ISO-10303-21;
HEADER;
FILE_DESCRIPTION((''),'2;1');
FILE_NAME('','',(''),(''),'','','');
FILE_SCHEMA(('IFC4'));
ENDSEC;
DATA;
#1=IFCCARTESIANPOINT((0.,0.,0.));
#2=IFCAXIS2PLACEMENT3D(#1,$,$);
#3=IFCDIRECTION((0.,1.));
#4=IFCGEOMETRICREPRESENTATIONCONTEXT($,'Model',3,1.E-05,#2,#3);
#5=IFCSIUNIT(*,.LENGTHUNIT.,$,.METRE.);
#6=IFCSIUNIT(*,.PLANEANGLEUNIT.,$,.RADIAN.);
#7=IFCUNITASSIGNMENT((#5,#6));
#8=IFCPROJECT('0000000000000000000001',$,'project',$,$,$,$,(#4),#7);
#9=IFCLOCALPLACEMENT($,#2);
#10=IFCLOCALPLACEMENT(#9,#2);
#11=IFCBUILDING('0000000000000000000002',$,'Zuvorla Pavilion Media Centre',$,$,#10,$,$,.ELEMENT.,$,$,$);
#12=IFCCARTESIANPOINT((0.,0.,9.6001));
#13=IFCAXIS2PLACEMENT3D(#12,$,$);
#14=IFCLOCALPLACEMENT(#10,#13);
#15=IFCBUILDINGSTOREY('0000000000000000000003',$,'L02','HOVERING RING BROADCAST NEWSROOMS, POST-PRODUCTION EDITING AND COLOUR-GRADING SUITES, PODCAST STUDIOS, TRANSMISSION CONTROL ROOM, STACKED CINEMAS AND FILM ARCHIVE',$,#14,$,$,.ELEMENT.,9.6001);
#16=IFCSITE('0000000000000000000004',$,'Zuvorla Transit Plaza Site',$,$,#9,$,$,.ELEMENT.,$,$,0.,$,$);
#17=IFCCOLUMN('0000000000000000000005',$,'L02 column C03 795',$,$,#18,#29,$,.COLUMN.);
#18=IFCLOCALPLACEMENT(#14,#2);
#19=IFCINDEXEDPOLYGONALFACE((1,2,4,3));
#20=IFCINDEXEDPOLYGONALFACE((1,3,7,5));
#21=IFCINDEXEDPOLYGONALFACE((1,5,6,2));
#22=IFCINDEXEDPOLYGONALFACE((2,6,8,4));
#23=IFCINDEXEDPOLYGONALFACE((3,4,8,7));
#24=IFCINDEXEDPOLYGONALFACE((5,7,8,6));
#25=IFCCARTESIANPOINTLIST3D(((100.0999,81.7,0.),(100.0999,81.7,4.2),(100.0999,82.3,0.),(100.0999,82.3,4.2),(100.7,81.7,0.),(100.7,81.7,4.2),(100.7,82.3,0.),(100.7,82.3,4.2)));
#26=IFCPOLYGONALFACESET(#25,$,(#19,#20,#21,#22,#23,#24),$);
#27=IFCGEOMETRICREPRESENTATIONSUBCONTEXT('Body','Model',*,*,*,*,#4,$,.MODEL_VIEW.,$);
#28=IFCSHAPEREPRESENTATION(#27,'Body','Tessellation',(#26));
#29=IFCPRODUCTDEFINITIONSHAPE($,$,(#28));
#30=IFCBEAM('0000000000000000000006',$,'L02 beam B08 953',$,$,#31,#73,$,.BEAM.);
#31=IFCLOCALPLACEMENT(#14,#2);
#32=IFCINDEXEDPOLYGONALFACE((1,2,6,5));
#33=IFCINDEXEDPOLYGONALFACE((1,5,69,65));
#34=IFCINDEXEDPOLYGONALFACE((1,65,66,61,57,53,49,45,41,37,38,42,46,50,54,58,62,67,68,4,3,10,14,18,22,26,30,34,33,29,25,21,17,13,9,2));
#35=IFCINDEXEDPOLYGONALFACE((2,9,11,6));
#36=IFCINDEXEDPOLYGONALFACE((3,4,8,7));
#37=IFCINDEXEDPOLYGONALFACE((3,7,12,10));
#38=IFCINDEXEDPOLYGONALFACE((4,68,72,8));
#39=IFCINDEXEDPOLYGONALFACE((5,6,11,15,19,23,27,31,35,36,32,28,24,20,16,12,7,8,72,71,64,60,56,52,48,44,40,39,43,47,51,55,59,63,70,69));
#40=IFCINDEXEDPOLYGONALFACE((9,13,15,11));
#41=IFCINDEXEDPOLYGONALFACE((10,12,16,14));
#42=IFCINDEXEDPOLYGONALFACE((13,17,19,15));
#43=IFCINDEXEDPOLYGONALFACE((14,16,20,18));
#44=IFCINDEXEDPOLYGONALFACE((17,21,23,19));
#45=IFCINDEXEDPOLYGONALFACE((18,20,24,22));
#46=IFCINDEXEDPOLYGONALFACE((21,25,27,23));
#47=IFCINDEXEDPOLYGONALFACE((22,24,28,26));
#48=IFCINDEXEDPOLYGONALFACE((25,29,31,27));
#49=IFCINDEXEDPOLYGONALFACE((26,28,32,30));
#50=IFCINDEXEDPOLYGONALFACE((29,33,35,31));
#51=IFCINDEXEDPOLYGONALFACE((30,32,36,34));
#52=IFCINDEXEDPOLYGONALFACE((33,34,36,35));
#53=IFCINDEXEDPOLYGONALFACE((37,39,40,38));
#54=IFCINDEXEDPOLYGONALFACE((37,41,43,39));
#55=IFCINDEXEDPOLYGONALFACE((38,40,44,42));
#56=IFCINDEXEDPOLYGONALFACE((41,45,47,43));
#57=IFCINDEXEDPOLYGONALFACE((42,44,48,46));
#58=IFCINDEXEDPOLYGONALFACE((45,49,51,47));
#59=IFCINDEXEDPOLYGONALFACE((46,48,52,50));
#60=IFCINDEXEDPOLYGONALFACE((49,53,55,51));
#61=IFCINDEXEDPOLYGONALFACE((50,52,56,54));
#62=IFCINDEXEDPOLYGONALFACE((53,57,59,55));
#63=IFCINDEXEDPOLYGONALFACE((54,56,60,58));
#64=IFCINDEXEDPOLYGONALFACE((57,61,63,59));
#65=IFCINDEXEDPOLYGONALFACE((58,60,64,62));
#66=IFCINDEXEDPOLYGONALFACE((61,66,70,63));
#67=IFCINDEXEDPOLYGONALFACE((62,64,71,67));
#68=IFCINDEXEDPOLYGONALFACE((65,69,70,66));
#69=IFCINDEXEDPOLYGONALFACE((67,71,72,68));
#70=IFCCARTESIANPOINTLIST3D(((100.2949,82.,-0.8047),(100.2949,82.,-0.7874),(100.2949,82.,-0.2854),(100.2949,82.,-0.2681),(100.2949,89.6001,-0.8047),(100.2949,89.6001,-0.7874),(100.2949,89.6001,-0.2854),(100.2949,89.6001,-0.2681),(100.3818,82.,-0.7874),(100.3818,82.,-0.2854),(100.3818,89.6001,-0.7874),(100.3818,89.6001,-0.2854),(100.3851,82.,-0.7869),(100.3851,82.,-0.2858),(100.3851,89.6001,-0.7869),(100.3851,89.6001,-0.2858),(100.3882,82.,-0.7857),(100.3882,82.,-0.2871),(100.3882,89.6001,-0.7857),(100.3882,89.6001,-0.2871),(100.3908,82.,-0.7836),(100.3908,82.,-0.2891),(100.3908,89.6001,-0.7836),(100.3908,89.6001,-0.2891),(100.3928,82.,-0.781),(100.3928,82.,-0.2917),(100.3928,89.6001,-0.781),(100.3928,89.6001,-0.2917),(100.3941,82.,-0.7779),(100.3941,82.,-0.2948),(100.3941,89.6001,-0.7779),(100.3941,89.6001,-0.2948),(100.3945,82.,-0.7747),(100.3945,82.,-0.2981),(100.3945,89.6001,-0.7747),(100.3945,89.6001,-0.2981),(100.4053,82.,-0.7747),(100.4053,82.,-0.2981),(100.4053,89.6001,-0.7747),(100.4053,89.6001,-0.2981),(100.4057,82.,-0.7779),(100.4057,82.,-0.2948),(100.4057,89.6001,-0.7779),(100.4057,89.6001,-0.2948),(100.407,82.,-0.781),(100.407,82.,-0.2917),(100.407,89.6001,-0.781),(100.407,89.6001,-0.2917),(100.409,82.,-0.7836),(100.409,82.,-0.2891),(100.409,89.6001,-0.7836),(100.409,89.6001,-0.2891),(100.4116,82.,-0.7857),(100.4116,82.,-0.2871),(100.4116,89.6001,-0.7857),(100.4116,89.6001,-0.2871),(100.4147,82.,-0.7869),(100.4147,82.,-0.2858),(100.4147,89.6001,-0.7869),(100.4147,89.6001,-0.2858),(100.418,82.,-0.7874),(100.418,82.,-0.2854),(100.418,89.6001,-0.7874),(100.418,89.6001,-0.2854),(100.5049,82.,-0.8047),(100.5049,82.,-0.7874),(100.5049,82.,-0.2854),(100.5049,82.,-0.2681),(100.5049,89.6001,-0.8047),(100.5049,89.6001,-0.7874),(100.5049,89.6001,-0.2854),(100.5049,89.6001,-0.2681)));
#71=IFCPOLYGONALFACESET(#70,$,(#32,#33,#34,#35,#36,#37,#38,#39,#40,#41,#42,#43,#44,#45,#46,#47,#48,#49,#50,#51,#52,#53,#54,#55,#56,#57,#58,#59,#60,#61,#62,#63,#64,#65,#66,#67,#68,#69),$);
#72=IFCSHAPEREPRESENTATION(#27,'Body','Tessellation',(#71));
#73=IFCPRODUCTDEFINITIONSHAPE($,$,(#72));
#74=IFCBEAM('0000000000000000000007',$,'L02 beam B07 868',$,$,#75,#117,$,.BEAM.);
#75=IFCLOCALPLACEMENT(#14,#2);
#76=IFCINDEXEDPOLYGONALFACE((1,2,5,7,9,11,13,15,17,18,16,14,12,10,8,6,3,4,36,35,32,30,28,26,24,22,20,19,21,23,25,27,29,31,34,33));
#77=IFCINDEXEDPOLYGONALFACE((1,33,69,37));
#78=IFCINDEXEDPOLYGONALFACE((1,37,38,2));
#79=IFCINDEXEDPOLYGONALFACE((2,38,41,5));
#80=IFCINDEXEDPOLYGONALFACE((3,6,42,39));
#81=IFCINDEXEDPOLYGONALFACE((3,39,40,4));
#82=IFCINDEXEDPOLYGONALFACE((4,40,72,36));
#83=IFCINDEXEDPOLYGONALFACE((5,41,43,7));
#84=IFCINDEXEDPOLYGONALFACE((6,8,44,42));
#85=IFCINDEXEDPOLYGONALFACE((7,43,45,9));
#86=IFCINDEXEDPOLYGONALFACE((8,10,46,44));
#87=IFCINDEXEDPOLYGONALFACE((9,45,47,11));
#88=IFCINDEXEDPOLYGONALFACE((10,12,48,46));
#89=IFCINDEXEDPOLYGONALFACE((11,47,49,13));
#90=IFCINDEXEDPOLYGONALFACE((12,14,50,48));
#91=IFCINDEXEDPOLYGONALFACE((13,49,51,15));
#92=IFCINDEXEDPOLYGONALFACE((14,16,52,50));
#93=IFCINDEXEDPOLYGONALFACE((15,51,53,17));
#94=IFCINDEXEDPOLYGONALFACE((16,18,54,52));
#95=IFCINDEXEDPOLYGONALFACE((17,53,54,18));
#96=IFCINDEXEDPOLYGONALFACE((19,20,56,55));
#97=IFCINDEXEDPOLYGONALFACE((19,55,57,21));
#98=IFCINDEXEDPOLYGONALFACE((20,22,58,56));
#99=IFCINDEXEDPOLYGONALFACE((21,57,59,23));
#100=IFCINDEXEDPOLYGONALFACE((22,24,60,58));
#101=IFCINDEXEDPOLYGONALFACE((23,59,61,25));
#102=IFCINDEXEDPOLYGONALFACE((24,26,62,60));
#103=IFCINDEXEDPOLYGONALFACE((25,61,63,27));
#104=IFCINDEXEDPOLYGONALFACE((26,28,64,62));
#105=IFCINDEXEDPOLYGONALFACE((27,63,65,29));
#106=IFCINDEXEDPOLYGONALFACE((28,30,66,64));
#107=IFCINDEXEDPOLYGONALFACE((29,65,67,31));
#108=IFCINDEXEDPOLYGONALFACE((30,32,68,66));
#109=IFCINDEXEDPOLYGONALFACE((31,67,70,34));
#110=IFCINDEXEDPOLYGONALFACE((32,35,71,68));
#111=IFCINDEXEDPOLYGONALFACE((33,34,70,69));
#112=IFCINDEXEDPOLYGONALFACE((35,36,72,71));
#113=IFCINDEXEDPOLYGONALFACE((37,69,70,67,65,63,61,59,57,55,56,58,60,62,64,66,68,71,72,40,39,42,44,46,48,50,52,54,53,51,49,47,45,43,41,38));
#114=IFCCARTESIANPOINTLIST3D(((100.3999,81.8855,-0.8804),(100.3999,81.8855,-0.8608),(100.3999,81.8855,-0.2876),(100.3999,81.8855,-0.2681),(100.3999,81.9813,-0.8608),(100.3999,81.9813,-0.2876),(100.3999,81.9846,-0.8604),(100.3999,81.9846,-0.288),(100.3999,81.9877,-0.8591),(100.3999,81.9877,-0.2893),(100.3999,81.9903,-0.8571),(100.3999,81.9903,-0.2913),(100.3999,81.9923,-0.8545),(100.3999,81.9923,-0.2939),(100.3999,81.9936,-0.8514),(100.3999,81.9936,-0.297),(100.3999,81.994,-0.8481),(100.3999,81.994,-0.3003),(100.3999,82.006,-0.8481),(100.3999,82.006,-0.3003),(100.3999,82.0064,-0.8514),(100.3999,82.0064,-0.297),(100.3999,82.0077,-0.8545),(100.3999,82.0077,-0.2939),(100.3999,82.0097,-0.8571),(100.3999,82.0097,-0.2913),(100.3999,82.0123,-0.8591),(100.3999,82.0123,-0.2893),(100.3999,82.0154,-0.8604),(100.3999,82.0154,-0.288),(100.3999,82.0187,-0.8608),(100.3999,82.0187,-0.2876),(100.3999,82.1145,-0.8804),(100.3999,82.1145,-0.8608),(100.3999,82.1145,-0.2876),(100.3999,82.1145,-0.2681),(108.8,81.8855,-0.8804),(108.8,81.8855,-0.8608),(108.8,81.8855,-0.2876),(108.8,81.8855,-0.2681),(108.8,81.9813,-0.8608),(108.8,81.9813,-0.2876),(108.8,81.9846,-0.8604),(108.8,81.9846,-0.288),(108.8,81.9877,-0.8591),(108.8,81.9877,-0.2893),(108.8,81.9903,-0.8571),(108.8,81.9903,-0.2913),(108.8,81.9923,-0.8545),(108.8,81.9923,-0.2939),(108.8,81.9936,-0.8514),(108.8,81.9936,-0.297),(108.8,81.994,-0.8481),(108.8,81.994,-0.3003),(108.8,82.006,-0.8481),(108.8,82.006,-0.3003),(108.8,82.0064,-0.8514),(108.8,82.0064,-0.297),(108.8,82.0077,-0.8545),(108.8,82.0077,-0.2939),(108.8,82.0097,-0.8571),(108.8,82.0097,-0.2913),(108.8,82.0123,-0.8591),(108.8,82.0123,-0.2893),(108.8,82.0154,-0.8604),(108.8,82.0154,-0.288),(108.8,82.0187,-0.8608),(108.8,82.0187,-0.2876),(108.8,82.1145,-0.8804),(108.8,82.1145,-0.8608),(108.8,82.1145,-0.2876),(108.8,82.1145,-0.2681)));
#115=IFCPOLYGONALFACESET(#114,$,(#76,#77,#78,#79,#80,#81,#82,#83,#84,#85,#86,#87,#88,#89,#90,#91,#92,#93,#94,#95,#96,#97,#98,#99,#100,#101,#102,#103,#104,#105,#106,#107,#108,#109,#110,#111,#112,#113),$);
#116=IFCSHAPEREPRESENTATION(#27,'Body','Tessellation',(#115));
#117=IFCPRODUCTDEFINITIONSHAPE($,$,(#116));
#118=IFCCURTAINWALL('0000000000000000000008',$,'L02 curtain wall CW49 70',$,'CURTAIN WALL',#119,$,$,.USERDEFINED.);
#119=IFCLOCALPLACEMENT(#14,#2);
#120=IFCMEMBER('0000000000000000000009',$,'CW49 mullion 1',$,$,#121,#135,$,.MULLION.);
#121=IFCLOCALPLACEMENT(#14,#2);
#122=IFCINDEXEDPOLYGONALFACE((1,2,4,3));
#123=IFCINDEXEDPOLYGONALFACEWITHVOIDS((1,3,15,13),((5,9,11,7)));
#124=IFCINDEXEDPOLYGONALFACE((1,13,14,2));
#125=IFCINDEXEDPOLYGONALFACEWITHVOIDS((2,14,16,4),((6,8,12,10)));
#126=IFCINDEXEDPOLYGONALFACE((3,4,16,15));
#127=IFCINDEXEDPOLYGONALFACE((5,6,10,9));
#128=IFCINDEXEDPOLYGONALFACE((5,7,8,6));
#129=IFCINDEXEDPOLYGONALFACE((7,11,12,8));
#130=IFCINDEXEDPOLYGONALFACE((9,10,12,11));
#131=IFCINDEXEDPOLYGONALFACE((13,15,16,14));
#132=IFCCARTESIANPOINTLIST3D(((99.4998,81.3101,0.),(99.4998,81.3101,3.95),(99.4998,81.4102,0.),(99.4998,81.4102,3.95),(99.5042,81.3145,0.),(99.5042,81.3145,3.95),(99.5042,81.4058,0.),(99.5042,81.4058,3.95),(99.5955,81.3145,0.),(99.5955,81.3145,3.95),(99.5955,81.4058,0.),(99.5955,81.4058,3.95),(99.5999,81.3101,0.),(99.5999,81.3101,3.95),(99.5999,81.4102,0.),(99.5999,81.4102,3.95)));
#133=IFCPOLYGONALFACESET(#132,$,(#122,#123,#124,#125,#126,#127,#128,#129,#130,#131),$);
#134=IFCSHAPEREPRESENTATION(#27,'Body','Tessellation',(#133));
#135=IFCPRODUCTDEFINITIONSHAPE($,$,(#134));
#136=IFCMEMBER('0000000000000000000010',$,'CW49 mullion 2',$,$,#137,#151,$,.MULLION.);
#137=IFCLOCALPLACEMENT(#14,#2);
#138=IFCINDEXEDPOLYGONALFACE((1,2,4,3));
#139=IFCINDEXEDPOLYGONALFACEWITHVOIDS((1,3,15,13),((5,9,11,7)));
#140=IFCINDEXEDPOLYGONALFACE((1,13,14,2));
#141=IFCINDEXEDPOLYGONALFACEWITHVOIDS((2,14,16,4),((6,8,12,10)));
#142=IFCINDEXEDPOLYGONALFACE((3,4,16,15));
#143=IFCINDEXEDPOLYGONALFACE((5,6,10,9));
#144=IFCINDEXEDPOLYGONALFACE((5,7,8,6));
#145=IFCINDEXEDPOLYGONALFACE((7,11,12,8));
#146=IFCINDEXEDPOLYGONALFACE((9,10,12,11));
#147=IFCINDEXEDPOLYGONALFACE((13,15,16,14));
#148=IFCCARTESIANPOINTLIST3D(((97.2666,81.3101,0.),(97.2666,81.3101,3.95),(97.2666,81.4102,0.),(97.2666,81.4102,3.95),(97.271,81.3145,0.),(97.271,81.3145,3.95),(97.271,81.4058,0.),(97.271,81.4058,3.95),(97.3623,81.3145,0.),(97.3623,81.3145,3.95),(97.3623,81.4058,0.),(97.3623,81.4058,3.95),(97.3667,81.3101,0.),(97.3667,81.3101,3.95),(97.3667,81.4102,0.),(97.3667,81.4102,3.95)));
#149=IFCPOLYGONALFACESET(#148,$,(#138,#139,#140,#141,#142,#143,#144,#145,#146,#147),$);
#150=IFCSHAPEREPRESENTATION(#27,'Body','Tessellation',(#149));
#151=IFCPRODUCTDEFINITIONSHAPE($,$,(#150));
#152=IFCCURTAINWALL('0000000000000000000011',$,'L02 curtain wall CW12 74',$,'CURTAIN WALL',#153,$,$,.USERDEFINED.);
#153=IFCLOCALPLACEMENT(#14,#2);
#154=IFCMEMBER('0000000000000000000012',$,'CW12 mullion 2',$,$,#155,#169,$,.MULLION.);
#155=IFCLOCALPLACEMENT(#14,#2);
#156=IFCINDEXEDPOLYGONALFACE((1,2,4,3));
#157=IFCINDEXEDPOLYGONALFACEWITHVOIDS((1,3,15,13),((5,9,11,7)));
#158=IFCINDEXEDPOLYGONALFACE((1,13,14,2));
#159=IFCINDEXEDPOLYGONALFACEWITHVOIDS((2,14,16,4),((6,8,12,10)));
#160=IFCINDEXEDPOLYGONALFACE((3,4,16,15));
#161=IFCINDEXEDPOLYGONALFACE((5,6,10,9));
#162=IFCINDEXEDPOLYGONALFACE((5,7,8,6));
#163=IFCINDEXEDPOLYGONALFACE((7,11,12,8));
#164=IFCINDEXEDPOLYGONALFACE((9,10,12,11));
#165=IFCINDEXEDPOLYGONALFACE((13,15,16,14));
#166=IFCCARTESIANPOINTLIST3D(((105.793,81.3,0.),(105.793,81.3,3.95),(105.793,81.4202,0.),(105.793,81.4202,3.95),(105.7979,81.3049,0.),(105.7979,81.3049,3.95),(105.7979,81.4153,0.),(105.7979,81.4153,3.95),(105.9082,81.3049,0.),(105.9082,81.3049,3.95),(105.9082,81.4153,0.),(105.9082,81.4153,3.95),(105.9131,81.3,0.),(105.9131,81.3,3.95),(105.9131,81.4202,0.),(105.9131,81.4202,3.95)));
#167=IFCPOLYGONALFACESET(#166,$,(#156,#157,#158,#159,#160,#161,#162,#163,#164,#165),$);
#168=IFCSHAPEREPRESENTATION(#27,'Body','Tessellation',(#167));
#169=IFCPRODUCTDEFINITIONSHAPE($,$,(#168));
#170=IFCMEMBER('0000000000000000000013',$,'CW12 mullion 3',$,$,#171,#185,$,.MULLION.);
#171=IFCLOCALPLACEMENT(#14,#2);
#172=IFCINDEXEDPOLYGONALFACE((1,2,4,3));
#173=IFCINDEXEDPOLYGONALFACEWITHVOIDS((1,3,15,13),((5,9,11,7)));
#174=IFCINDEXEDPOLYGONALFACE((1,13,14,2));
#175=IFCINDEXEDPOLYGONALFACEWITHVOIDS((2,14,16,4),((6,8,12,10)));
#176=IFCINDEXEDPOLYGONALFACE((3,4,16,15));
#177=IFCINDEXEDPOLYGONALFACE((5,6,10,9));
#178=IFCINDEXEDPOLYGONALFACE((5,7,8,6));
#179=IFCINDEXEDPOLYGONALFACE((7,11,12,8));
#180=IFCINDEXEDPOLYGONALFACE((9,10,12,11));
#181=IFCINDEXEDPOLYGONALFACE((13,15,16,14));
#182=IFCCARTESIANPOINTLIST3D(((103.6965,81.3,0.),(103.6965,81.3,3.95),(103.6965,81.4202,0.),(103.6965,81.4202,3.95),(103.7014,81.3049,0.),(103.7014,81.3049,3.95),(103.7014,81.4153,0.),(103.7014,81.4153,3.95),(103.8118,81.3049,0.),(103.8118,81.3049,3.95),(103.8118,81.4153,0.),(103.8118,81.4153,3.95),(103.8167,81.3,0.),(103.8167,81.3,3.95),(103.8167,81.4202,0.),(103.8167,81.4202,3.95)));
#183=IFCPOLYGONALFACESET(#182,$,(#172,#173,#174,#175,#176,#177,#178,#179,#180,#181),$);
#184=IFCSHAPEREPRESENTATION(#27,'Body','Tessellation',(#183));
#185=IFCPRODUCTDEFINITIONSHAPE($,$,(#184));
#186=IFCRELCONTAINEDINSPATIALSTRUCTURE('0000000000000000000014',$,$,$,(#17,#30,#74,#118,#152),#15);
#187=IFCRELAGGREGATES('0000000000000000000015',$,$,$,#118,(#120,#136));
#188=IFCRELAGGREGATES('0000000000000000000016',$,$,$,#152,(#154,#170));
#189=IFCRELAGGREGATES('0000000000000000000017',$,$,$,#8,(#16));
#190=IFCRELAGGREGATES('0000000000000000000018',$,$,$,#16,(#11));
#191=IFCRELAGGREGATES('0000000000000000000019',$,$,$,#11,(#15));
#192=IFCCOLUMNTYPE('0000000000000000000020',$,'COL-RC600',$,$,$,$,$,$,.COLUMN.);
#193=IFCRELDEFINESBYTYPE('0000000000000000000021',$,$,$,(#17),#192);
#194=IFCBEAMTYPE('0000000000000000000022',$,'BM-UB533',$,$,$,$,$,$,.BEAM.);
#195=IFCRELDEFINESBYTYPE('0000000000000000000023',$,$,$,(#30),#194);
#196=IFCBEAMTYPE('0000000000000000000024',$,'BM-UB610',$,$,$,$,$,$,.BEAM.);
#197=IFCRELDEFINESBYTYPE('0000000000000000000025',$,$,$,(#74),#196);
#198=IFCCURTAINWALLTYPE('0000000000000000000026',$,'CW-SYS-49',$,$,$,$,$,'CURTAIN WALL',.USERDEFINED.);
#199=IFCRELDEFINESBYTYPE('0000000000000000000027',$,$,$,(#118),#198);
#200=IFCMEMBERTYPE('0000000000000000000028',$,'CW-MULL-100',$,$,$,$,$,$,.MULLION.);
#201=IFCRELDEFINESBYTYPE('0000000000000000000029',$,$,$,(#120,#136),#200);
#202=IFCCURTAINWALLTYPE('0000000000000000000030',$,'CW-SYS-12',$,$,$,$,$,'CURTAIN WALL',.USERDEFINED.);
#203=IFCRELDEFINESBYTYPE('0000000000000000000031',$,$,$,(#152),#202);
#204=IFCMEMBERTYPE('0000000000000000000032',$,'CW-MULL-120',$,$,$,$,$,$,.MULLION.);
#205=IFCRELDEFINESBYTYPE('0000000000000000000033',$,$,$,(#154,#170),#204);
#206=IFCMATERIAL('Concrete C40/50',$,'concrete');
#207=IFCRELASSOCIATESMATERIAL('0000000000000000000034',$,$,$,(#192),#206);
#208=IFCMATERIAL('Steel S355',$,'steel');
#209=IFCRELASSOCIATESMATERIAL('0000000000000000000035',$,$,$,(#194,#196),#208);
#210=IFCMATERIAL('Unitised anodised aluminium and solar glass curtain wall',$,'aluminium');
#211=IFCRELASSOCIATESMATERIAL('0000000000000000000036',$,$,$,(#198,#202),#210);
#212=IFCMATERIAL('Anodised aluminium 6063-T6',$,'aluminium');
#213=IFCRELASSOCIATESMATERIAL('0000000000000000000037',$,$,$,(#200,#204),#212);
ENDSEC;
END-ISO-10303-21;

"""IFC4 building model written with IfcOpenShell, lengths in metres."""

from ifc_helpers import new_model, si_unit, direction, frame, origin, origin_2d, place, context, subcontext, project, spatial, rectangle, hollow_rectangle, i_section, extrude, material, material_profile, profile_set, type_object, element, aggregate, save


model = new_model("IFC4")

# Units and contexts
model_context = context("Model", 3, precision=1e-05, world=origin(), true_north=direction((0.0, 1.0)))
body_context = subcontext(model_context, "Body", "Model", "MODEL_VIEW")
ifc_project = project(units=[si_unit("LENGTHUNIT", "METRE"), si_unit("PLANEANGLEUNIT", "RADIAN")], contexts=[model_context])

# Site, building, storey
site_placement = place(None, origin())
site = spatial("IfcSite", under=ifc_project, at=site_placement, Name="Zuvorla Transit Plaza Site", CompositionType="ELEMENT", RefElevation=0.0)
building_placement = place(site_placement, origin())
building = spatial("IfcBuilding", under=site, at=building_placement, Name="Zuvorla Pavilion Media Centre", CompositionType="ELEMENT")
storey_placement = place(building_placement, frame((0.0, 0.0, 9.6001)))
storey = spatial("IfcBuildingStorey", under=building, at=storey_placement, Name="L02", Description="HOVERING RING BROADCAST NEWSROOMS, POST-PRODUCTION EDITING AND COLOUR-GRADING SUITES, PODCAST STUDIOS, TRANSMISSION CONTROL ROOM, STACKED CINEMAS AND FILM ARCHIVE", CompositionType="ELEMENT", Elevation=9.6001)

# Column
ifc_material_1 = material(Name="Concrete C40/50", Category="concrete")
ifc_material_profile_1 = material_profile(ifc_material_1, rectangle(XDim=0.6001, YDim=0.6001, at=origin_2d()), Name="RC 600x600")
ifc_profile_set_1 = profile_set([ifc_material_profile_1], Name="Concrete C40/50")
column_type = type_object("IfcColumnType", Name="COL-RC600", PredefinedType="COLUMN", material=ifc_profile_set_1)
column_placement = place(storey_placement, frame((100.3999, 82.0, 0.0), z_axis=(0.0, 0.0, 1.0), x_axis=(1.0, 0.0, 0.0)))
element("IfcColumn", 1, at=column_placement, inside=storey, type_object=column_type, Name="L02 column C03 795", PredefinedType="COLUMN", context=body_context, shape_type="SweptSolid", body=[
    extrude(rectangle(XDim=0.6001, YDim=0.6001, at=origin_2d()), origin(), (0.0, 0.0, 1.0), 4.2),
])

# Beams
ifc_material_2 = material(Name="Steel S355", Category="steel")
ifc_material_profile_2 = material_profile(ifc_material_2, i_section(OverallWidth=0.21, OverallDepth=0.5366, WebThickness=0.0107, FlangeThickness=0.0173, FilletRadius=0.0127, at=origin_2d()), Name="UB 533x210x101")
ifc_profile_set_2 = profile_set([ifc_material_profile_2], Name="Steel S355")
beam_type_1 = type_object("IfcBeamType", Name="BM-UB533", PredefinedType="BEAM", material=ifc_profile_set_2)
beam_1_placement = place(storey_placement, frame((100.3999, 82.0, -0.5364), z_axis=(0.0, 1.0, 0.0), x_axis=(-1.0, 0.0, 0.0)))
element("IfcBeam", 2, at=beam_1_placement, inside=storey, type_object=beam_type_1, Name="L02 beam B08 953", PredefinedType="BEAM", context=body_context, shape_type="SweptSolid", body=[
    extrude(i_section(OverallWidth=0.21, OverallDepth=0.5366, WebThickness=0.0107, FlangeThickness=0.0173, FilletRadius=0.0127, at=origin_2d()), origin(), (0.0, 0.0, 1.0), 7.6001),
])
ifc_material_profile_3 = material_profile(ifc_material_2, i_section(OverallWidth=0.229, OverallDepth=0.6123, WebThickness=0.012, FlangeThickness=0.0195, FilletRadius=0.0127, at=origin_2d()), Name="UB 610x229x125")
ifc_profile_set_3 = profile_set([ifc_material_profile_3], Name="Steel S355")
beam_type_2 = type_object("IfcBeamType", Name="BM-UB610", PredefinedType="BEAM", material=ifc_profile_set_3)
beam_2_placement = place(storey_placement, frame((100.3999, 82.0, -0.5742), z_axis=(1.0, 0.0, 0.0), x_axis=(0.0, 1.0, 0.0)))
element("IfcBeam", 3, at=beam_2_placement, inside=storey, type_object=beam_type_2, Name="L02 beam B07 868", PredefinedType="BEAM", context=body_context, shape_type="SweptSolid", body=[
    extrude(i_section(OverallWidth=0.229, OverallDepth=0.6123, WebThickness=0.012, FlangeThickness=0.0195, FilletRadius=0.0127, at=origin_2d()), origin(), (0.0, 0.0, 1.0), 8.4001),
])

# Curtain walls, members
ifc_material_3 = material(Name="Unitised anodised aluminium and solar glass curtain wall", Category="aluminium")
curtain_wall_type_1 = type_object("IfcCurtainWallType", Name="CW-SYS-49", ElementType="CURTAIN WALL", PredefinedType="USERDEFINED", material=ifc_material_3)
curtain_wall_1_placement = place(storey_placement, origin())
curtain_wall_1 = element("IfcCurtainWall", 4, at=curtain_wall_1_placement, inside=storey, type_object=curtain_wall_type_1, Name="L02 curtain wall CW49 70", ObjectType="CURTAIN WALL", PredefinedType="USERDEFINED")
ifc_material_4 = material(Name="Anodised aluminium 6063-T6", Category="aluminium")
ifc_material_profile_4 = material_profile(ifc_material_4, hollow_rectangle(XDim=0.1001, YDim=0.1001, WallThickness=0.0044, at=origin_2d()), Name="ALU MULL 100x100")
ifc_profile_set_4 = profile_set([ifc_material_profile_4], Name="Anodised aluminium 6063-T6")
member_type_1 = type_object("IfcMemberType", Name="CW-MULL-100", PredefinedType="MULLION", material=ifc_profile_set_4)
member_1_placement = place(storey_placement, frame((99.5498, 81.3601, 0.0), z_axis=(0.0, 0.0, 1.0), x_axis=(1.0, 0.0, 0.0)))
member_1 = element("IfcMember", 5, at=member_1_placement, type_object=member_type_1, Name="CW49 mullion 1", PredefinedType="MULLION", context=body_context, shape_type="SweptSolid", body=[
    extrude(hollow_rectangle(XDim=0.1001, YDim=0.1001, WallThickness=0.0044, at=origin_2d()), origin(), (0.0, 0.0, 1.0), 3.95),
])
member_2_placement = place(storey_placement, frame((97.3167, 81.3601, 0.0), z_axis=(0.0, 0.0, 1.0), x_axis=(1.0, 0.0, 0.0)))
member_2 = element("IfcMember", 6, at=member_2_placement, type_object=member_type_1, Name="CW49 mullion 2", PredefinedType="MULLION", context=body_context, shape_type="SweptSolid", body=[
    extrude(hollow_rectangle(XDim=0.1001, YDim=0.1001, WallThickness=0.0044, at=origin_2d()), origin(), (0.0, 0.0, 1.0), 3.95),
])
curtain_wall_type_2 = type_object("IfcCurtainWallType", Name="CW-SYS-12", ElementType="CURTAIN WALL", PredefinedType="USERDEFINED", material=ifc_material_3)
curtain_wall_2_placement = place(storey_placement, origin())
curtain_wall_2 = element("IfcCurtainWall", 7, at=curtain_wall_2_placement, inside=storey, type_object=curtain_wall_type_2, Name="L02 curtain wall CW12 74", ObjectType="CURTAIN WALL", PredefinedType="USERDEFINED")
ifc_material_profile_5 = material_profile(ifc_material_4, hollow_rectangle(XDim=0.1201, YDim=0.1201, WallThickness=0.0049, at=origin_2d()), Name="ALU MULL 120x120")
ifc_profile_set_5 = profile_set([ifc_material_profile_5], Name="Anodised aluminium 6063-T6")
member_type_2 = type_object("IfcMemberType", Name="CW-MULL-120", PredefinedType="MULLION", material=ifc_profile_set_5)
member_3_placement = place(storey_placement, frame((105.853, 81.3601, 0.0), z_axis=(0.0, 0.0, 1.0), x_axis=(1.0, 0.0, 0.0)))
member_3 = element("IfcMember", 8, at=member_3_placement, type_object=member_type_2, Name="CW12 mullion 2", PredefinedType="MULLION", context=body_context, shape_type="SweptSolid", body=[
    extrude(hollow_rectangle(XDim=0.1201, YDim=0.1201, WallThickness=0.0049, at=origin_2d()), origin(), (0.0, 0.0, 1.0), 3.95),
])
member_4_placement = place(storey_placement, frame((103.7566, 81.3601, 0.0), z_axis=(0.0, 0.0, 1.0), x_axis=(1.0, 0.0, 0.0)))
member_4 = element("IfcMember", 9, at=member_4_placement, type_object=member_type_2, Name="CW12 mullion 3", PredefinedType="MULLION", context=body_context, shape_type="SweptSolid", body=[
    extrude(hollow_rectangle(XDim=0.1201, YDim=0.1201, WallThickness=0.0049, at=origin_2d()), origin(), (0.0, 0.0, 1.0), 3.95),
])

aggregate(curtain_wall_1, [member_1, member_2])
aggregate(curtain_wall_2, [member_3, member_4])

save(model, "model.ifc")
